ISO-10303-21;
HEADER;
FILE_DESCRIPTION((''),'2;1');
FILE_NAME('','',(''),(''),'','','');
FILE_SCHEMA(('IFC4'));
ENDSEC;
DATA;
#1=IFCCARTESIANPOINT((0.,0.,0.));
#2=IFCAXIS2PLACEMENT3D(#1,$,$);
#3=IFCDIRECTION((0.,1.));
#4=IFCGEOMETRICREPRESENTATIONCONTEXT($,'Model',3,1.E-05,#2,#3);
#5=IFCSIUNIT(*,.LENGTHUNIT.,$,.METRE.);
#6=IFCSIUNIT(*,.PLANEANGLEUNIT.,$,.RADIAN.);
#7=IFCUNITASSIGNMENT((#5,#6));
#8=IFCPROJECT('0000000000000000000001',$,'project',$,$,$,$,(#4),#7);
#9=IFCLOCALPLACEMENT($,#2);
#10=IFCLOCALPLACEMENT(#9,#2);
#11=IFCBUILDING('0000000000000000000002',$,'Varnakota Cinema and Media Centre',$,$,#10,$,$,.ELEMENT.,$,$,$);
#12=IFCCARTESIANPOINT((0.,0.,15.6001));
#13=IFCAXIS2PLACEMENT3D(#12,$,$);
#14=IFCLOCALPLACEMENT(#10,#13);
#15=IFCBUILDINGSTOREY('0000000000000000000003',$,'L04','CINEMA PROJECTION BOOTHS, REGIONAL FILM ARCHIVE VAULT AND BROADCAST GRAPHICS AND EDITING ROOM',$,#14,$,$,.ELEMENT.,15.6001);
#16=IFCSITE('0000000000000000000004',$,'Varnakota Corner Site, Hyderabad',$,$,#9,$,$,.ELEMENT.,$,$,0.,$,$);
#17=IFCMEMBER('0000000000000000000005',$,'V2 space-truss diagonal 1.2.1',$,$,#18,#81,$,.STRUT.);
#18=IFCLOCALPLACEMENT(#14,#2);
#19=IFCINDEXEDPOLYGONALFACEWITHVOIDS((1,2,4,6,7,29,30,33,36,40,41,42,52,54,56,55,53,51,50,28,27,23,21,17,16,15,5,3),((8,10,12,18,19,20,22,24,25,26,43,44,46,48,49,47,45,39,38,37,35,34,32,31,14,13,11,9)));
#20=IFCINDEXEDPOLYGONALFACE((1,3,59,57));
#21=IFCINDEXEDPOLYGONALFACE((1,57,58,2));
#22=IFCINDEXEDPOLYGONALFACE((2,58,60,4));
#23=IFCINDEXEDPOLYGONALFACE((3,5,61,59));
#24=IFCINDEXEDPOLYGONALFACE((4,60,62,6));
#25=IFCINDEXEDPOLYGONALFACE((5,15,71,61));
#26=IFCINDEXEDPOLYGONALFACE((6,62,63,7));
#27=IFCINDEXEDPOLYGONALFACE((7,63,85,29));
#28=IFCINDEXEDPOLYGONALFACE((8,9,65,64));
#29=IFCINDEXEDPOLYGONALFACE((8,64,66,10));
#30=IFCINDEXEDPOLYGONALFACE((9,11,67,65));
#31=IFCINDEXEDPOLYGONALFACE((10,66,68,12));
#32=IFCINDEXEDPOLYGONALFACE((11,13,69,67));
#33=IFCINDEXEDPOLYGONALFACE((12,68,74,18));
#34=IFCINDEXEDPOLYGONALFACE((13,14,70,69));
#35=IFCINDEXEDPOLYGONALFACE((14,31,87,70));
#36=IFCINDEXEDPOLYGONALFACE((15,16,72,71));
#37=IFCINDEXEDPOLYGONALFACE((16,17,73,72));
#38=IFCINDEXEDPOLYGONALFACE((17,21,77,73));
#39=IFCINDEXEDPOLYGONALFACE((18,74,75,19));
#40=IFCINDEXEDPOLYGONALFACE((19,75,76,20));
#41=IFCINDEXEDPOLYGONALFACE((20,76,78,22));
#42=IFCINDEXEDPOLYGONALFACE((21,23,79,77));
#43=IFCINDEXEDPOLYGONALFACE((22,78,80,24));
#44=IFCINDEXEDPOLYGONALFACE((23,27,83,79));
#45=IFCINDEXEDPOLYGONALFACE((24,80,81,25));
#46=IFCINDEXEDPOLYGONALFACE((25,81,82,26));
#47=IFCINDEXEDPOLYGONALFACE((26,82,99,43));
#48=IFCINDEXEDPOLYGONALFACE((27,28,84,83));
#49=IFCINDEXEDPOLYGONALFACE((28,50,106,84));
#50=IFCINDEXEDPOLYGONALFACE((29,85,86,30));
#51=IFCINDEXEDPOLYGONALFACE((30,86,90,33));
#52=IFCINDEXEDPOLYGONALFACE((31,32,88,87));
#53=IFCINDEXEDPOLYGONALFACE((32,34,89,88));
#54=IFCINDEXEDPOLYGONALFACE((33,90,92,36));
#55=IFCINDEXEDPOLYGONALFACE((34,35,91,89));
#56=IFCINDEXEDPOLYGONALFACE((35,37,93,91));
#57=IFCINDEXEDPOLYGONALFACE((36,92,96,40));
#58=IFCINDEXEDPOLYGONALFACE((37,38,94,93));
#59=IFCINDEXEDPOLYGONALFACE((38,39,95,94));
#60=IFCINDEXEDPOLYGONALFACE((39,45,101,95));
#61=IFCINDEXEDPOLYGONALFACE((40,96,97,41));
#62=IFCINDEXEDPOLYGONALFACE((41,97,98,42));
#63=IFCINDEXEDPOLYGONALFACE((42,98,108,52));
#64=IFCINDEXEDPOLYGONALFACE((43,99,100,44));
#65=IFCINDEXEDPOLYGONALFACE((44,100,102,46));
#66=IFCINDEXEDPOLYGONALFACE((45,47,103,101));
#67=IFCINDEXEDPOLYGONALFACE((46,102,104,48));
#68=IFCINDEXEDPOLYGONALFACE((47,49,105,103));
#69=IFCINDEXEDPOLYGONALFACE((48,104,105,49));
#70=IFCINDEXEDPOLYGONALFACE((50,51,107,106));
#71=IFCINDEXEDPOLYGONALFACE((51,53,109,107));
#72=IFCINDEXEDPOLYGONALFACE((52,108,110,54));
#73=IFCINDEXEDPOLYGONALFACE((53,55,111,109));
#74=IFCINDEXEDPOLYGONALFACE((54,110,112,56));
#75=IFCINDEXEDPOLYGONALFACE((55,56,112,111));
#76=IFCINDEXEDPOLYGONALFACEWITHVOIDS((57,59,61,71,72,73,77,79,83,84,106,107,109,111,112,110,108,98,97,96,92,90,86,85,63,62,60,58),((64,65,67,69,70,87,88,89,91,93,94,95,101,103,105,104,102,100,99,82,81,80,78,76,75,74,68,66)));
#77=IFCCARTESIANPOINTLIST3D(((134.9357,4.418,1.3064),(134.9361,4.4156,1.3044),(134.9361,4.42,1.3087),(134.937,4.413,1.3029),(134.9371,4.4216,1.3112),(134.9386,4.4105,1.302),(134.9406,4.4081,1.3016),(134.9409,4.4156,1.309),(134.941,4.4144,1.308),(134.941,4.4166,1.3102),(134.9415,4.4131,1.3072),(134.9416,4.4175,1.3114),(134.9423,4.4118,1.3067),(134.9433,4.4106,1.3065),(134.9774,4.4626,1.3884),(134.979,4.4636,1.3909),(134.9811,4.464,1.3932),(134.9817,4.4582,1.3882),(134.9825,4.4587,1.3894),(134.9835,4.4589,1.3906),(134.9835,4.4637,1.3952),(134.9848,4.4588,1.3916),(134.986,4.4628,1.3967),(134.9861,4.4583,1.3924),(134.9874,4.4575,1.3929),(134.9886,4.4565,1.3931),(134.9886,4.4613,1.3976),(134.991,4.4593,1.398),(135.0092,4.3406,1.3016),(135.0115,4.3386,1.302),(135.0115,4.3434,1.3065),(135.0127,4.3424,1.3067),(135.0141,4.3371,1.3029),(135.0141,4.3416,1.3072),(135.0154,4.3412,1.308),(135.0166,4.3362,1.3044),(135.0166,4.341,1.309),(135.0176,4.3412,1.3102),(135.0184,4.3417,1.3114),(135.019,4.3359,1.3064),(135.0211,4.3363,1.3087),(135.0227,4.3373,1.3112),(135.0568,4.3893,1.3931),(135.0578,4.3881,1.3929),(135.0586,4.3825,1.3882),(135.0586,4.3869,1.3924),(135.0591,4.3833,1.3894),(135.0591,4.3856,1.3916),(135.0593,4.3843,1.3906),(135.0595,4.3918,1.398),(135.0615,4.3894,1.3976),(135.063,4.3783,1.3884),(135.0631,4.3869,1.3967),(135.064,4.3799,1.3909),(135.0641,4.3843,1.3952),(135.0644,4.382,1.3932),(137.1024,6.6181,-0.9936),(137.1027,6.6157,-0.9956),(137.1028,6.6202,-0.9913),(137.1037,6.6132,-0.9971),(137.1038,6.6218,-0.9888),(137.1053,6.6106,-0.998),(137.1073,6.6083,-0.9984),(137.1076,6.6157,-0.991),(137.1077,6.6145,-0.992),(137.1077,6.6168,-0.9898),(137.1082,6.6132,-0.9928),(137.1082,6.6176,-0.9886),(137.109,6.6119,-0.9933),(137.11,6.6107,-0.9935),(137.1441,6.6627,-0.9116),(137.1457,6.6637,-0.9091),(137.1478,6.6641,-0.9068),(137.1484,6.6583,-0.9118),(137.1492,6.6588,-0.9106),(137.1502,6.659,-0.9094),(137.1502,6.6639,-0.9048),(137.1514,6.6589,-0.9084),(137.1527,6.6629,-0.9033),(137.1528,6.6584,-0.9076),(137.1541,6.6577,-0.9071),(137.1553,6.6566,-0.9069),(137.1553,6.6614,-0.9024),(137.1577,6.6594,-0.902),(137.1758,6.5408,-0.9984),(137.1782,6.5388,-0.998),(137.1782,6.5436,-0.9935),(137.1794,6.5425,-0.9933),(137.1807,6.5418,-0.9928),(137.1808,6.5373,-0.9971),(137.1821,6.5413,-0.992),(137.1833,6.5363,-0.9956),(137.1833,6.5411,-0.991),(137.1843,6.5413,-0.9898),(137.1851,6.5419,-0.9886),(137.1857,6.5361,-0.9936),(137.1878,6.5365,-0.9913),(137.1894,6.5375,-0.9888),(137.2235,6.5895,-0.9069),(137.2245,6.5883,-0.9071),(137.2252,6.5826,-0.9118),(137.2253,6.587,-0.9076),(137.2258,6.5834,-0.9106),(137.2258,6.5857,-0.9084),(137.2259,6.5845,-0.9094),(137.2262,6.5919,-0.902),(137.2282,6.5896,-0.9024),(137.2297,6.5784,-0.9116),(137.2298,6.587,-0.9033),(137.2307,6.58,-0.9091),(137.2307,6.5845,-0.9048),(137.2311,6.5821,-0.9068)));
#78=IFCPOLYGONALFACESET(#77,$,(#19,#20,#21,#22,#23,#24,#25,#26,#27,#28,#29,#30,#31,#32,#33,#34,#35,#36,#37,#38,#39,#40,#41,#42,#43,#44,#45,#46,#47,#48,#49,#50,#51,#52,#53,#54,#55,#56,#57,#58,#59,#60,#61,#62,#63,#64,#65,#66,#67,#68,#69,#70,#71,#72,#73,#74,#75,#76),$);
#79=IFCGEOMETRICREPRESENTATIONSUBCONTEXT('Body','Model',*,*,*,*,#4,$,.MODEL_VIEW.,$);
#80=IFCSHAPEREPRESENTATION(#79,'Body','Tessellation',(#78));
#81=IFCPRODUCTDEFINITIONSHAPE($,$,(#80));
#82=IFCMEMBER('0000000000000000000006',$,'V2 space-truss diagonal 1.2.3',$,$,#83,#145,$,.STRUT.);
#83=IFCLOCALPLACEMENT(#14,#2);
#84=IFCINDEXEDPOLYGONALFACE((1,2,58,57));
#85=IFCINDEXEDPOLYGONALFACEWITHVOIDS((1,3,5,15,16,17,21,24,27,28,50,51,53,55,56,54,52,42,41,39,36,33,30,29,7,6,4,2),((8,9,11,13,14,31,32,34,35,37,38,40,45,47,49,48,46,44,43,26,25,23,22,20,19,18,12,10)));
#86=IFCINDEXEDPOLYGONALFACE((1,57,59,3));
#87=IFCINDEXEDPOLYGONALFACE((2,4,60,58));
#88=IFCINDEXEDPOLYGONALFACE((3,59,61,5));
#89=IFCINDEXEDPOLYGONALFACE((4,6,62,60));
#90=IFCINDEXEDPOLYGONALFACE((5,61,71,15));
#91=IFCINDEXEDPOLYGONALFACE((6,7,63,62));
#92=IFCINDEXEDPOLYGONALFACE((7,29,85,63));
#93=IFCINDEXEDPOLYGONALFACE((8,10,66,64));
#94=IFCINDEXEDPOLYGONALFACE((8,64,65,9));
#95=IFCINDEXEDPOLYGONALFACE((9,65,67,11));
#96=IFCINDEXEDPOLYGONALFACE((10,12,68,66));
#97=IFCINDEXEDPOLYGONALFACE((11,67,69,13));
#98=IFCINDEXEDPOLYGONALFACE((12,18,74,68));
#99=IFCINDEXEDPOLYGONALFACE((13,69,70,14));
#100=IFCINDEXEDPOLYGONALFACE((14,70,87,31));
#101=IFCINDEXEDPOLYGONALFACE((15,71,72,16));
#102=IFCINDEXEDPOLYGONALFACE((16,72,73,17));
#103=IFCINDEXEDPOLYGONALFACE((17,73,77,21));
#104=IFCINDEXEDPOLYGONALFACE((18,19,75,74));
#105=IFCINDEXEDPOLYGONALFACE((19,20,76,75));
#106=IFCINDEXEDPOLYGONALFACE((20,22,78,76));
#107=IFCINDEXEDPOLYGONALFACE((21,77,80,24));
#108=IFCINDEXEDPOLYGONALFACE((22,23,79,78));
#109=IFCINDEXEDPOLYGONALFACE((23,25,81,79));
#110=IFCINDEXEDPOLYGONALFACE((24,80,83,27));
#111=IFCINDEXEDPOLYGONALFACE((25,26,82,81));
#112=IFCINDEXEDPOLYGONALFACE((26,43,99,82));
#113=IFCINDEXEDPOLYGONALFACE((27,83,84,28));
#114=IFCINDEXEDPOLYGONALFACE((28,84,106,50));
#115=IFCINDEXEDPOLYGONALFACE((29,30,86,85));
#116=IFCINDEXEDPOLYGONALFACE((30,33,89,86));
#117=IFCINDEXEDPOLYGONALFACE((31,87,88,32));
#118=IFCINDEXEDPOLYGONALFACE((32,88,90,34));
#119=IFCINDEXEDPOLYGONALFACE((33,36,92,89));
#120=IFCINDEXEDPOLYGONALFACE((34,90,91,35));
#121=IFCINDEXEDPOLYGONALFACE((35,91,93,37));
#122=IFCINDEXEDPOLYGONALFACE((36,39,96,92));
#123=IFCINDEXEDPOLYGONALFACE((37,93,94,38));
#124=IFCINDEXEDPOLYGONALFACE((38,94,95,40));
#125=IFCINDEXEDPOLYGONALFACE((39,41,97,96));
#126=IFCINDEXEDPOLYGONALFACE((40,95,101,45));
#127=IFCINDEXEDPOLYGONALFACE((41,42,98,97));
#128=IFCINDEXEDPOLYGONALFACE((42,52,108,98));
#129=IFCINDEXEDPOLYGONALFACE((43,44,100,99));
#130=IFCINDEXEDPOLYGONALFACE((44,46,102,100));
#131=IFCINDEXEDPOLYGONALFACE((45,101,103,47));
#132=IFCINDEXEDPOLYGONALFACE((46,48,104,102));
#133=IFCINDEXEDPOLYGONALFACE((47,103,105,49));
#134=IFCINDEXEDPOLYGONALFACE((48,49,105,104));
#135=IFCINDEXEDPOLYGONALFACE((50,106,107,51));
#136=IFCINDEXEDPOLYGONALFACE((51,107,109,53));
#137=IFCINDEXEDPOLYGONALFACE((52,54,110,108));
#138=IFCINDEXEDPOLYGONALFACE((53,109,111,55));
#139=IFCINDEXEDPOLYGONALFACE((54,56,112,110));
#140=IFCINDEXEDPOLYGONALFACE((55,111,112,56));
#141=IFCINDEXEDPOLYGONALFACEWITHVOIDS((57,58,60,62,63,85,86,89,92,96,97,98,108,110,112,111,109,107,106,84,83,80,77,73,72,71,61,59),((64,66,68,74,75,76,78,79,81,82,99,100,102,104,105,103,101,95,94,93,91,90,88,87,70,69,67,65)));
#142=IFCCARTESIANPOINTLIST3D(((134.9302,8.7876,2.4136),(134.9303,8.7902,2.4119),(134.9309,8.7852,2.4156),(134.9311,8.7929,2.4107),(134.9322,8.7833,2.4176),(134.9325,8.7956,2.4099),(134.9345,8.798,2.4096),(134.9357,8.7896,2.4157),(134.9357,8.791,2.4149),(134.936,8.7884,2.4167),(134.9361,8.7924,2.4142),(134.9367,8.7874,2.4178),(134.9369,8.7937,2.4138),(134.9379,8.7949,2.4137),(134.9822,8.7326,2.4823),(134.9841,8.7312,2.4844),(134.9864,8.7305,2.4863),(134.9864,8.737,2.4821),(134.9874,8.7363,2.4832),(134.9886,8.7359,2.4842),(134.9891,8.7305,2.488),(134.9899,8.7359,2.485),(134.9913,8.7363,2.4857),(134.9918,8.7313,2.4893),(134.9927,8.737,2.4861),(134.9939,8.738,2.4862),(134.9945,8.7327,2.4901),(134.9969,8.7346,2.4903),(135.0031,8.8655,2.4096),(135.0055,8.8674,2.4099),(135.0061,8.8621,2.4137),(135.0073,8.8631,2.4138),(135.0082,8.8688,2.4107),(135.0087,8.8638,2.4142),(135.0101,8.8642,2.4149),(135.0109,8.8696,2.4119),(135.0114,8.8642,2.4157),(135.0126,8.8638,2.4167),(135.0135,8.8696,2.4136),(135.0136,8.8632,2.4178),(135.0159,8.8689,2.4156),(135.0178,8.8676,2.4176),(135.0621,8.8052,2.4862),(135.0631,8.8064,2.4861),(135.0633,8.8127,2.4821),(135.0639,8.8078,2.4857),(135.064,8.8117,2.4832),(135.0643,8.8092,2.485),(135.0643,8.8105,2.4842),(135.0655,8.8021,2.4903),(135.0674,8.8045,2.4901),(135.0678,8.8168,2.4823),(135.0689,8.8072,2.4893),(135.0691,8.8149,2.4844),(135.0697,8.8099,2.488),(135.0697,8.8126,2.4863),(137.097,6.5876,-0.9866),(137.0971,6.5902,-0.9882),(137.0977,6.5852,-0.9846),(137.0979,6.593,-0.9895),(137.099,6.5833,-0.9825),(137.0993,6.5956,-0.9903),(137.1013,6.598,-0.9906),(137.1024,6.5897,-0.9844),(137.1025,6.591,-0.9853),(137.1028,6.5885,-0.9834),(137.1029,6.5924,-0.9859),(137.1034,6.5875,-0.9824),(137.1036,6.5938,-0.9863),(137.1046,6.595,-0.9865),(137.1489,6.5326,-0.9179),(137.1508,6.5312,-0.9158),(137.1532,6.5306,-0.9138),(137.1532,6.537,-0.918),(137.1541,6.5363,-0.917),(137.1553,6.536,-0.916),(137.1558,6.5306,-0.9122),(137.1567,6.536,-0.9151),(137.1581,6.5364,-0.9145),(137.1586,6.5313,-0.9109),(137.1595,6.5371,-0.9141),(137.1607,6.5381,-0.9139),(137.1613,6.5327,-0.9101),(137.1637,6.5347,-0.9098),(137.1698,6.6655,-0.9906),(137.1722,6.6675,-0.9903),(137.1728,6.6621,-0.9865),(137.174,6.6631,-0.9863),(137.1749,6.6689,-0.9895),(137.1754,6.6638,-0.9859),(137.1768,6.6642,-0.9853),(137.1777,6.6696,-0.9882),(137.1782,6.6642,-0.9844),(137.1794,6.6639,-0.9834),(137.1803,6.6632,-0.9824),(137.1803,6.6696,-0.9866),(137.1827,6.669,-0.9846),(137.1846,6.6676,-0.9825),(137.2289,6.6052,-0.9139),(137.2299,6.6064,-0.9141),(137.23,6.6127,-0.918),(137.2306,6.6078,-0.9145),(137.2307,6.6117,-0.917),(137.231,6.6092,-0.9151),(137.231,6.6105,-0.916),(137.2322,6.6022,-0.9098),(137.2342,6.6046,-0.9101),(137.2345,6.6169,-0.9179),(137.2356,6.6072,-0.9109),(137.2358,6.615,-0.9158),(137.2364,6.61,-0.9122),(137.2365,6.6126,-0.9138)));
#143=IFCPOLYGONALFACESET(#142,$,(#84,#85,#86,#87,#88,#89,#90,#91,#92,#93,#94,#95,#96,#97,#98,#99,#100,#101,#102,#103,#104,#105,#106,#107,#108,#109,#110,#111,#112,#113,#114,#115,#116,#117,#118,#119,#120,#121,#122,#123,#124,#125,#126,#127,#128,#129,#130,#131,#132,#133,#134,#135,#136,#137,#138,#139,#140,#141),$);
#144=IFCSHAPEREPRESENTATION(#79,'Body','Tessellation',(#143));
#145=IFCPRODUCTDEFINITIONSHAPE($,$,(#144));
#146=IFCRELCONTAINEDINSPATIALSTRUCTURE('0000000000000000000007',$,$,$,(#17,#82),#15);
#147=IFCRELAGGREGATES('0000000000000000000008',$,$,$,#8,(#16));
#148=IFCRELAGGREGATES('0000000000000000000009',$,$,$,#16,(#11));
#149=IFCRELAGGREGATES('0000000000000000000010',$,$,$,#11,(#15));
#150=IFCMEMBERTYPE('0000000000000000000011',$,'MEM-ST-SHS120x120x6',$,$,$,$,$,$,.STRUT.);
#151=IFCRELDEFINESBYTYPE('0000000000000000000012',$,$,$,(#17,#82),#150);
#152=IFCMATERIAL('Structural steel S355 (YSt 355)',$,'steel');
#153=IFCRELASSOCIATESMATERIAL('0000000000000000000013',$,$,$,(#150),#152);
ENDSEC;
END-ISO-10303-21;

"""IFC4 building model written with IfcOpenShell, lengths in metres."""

from ifc_helpers import new_model, si_unit, direction, frame, origin, origin_2d, place, context, subcontext, project, spatial, hollow_rectangle, extrude, material, material_profile, profile_set, type_object, element, save


model = new_model("IFC4")

# Units and contexts
model_context = context("Model", 3, precision=1e-05, world=origin(), true_north=direction((0.0, 1.0)))
body_context = subcontext(model_context, "Body", "Model", "MODEL_VIEW")
ifc_project = project(units=[si_unit("LENGTHUNIT", "METRE"), si_unit("PLANEANGLEUNIT", "RADIAN")], contexts=[model_context])

# Site, building, storey
site_placement = place(None, origin())
site = spatial("IfcSite", under=ifc_project, at=site_placement, Name="Varnakota Corner Site, Hyderabad", CompositionType="ELEMENT", RefElevation=0.0)
building_placement = place(site_placement, origin())
building = spatial("IfcBuilding", under=site, at=building_placement, Name="Varnakota Cinema and Media Centre", CompositionType="ELEMENT")
storey_placement = place(building_placement, frame((0.0, 0.0, 15.6001)))
storey = spatial("IfcBuildingStorey", under=building, at=storey_placement, Name="L04", Description="CINEMA PROJECTION BOOTHS, REGIONAL FILM ARCHIVE VAULT AND BROADCAST GRAPHICS AND EDITING ROOM", CompositionType="ELEMENT", Elevation=15.6001)

# Members
ifc_material_1 = material(Name="Structural steel S355 (YSt 355)", Category="steel")
ifc_material_profile_1 = material_profile(ifc_material_1, hollow_rectangle(XDim=0.1201, YDim=0.1201, WallThickness=0.0061, InnerFilletRadius=0.0061, OuterFilletRadius=0.012, at=origin_2d()), Name="SHS 120x120x6")
ifc_profile_set_1 = profile_set([ifc_material_profile_1], Name="Structural steel S355 (YSt 355)")
member_type_1 = type_object("IfcMemberType", Name="MEM-ST-SHS120x120x6", PredefinedType="STRUT", material=ifc_profile_set_1)
member_1_placement = place(storey_placement, frame((137.1667, 6.6001, -0.9502), z_axis=(-0.562728, -0.571414, 0.597347), x_axis=(0.712502, -0.70167, 0.0)))
element("IfcMember", 1, at=member_1_placement, inside=storey, type_object=member_type_1, Name="V2 space-truss diagonal 1.2.1", PredefinedType="STRUT", context=body_context, shape_type="SweptSolid", body=[
    extrude(hollow_rectangle(XDim=0.1201, YDim=0.1201, WallThickness=0.0061, InnerFilletRadius=0.0061, OuterFilletRadius=0.012, at=origin_2d()), origin(), (0.0, 0.0, 1.0), 3.8503),
])
member_2_placement = place(storey_placement, frame((137.1667, 6.6001, -0.9502), z_axis=(-0.471751, 0.47898, 0.74029), x_axis=(-0.712463, -0.70171, 0.0)))
element("IfcMember", 2, at=member_2_placement, inside=storey, type_object=member_type_1, Name="V2 space-truss diagonal 1.2.3", PredefinedType="STRUT", context=body_context, shape_type="SweptSolid", body=[
    extrude(hollow_rectangle(XDim=0.1201, YDim=0.1201, WallThickness=0.0061, InnerFilletRadius=0.0061, OuterFilletRadius=0.012, at=origin_2d()), origin(), (0.0, 0.0, 1.0), 4.593),
])

save(model, "model.ifc")
